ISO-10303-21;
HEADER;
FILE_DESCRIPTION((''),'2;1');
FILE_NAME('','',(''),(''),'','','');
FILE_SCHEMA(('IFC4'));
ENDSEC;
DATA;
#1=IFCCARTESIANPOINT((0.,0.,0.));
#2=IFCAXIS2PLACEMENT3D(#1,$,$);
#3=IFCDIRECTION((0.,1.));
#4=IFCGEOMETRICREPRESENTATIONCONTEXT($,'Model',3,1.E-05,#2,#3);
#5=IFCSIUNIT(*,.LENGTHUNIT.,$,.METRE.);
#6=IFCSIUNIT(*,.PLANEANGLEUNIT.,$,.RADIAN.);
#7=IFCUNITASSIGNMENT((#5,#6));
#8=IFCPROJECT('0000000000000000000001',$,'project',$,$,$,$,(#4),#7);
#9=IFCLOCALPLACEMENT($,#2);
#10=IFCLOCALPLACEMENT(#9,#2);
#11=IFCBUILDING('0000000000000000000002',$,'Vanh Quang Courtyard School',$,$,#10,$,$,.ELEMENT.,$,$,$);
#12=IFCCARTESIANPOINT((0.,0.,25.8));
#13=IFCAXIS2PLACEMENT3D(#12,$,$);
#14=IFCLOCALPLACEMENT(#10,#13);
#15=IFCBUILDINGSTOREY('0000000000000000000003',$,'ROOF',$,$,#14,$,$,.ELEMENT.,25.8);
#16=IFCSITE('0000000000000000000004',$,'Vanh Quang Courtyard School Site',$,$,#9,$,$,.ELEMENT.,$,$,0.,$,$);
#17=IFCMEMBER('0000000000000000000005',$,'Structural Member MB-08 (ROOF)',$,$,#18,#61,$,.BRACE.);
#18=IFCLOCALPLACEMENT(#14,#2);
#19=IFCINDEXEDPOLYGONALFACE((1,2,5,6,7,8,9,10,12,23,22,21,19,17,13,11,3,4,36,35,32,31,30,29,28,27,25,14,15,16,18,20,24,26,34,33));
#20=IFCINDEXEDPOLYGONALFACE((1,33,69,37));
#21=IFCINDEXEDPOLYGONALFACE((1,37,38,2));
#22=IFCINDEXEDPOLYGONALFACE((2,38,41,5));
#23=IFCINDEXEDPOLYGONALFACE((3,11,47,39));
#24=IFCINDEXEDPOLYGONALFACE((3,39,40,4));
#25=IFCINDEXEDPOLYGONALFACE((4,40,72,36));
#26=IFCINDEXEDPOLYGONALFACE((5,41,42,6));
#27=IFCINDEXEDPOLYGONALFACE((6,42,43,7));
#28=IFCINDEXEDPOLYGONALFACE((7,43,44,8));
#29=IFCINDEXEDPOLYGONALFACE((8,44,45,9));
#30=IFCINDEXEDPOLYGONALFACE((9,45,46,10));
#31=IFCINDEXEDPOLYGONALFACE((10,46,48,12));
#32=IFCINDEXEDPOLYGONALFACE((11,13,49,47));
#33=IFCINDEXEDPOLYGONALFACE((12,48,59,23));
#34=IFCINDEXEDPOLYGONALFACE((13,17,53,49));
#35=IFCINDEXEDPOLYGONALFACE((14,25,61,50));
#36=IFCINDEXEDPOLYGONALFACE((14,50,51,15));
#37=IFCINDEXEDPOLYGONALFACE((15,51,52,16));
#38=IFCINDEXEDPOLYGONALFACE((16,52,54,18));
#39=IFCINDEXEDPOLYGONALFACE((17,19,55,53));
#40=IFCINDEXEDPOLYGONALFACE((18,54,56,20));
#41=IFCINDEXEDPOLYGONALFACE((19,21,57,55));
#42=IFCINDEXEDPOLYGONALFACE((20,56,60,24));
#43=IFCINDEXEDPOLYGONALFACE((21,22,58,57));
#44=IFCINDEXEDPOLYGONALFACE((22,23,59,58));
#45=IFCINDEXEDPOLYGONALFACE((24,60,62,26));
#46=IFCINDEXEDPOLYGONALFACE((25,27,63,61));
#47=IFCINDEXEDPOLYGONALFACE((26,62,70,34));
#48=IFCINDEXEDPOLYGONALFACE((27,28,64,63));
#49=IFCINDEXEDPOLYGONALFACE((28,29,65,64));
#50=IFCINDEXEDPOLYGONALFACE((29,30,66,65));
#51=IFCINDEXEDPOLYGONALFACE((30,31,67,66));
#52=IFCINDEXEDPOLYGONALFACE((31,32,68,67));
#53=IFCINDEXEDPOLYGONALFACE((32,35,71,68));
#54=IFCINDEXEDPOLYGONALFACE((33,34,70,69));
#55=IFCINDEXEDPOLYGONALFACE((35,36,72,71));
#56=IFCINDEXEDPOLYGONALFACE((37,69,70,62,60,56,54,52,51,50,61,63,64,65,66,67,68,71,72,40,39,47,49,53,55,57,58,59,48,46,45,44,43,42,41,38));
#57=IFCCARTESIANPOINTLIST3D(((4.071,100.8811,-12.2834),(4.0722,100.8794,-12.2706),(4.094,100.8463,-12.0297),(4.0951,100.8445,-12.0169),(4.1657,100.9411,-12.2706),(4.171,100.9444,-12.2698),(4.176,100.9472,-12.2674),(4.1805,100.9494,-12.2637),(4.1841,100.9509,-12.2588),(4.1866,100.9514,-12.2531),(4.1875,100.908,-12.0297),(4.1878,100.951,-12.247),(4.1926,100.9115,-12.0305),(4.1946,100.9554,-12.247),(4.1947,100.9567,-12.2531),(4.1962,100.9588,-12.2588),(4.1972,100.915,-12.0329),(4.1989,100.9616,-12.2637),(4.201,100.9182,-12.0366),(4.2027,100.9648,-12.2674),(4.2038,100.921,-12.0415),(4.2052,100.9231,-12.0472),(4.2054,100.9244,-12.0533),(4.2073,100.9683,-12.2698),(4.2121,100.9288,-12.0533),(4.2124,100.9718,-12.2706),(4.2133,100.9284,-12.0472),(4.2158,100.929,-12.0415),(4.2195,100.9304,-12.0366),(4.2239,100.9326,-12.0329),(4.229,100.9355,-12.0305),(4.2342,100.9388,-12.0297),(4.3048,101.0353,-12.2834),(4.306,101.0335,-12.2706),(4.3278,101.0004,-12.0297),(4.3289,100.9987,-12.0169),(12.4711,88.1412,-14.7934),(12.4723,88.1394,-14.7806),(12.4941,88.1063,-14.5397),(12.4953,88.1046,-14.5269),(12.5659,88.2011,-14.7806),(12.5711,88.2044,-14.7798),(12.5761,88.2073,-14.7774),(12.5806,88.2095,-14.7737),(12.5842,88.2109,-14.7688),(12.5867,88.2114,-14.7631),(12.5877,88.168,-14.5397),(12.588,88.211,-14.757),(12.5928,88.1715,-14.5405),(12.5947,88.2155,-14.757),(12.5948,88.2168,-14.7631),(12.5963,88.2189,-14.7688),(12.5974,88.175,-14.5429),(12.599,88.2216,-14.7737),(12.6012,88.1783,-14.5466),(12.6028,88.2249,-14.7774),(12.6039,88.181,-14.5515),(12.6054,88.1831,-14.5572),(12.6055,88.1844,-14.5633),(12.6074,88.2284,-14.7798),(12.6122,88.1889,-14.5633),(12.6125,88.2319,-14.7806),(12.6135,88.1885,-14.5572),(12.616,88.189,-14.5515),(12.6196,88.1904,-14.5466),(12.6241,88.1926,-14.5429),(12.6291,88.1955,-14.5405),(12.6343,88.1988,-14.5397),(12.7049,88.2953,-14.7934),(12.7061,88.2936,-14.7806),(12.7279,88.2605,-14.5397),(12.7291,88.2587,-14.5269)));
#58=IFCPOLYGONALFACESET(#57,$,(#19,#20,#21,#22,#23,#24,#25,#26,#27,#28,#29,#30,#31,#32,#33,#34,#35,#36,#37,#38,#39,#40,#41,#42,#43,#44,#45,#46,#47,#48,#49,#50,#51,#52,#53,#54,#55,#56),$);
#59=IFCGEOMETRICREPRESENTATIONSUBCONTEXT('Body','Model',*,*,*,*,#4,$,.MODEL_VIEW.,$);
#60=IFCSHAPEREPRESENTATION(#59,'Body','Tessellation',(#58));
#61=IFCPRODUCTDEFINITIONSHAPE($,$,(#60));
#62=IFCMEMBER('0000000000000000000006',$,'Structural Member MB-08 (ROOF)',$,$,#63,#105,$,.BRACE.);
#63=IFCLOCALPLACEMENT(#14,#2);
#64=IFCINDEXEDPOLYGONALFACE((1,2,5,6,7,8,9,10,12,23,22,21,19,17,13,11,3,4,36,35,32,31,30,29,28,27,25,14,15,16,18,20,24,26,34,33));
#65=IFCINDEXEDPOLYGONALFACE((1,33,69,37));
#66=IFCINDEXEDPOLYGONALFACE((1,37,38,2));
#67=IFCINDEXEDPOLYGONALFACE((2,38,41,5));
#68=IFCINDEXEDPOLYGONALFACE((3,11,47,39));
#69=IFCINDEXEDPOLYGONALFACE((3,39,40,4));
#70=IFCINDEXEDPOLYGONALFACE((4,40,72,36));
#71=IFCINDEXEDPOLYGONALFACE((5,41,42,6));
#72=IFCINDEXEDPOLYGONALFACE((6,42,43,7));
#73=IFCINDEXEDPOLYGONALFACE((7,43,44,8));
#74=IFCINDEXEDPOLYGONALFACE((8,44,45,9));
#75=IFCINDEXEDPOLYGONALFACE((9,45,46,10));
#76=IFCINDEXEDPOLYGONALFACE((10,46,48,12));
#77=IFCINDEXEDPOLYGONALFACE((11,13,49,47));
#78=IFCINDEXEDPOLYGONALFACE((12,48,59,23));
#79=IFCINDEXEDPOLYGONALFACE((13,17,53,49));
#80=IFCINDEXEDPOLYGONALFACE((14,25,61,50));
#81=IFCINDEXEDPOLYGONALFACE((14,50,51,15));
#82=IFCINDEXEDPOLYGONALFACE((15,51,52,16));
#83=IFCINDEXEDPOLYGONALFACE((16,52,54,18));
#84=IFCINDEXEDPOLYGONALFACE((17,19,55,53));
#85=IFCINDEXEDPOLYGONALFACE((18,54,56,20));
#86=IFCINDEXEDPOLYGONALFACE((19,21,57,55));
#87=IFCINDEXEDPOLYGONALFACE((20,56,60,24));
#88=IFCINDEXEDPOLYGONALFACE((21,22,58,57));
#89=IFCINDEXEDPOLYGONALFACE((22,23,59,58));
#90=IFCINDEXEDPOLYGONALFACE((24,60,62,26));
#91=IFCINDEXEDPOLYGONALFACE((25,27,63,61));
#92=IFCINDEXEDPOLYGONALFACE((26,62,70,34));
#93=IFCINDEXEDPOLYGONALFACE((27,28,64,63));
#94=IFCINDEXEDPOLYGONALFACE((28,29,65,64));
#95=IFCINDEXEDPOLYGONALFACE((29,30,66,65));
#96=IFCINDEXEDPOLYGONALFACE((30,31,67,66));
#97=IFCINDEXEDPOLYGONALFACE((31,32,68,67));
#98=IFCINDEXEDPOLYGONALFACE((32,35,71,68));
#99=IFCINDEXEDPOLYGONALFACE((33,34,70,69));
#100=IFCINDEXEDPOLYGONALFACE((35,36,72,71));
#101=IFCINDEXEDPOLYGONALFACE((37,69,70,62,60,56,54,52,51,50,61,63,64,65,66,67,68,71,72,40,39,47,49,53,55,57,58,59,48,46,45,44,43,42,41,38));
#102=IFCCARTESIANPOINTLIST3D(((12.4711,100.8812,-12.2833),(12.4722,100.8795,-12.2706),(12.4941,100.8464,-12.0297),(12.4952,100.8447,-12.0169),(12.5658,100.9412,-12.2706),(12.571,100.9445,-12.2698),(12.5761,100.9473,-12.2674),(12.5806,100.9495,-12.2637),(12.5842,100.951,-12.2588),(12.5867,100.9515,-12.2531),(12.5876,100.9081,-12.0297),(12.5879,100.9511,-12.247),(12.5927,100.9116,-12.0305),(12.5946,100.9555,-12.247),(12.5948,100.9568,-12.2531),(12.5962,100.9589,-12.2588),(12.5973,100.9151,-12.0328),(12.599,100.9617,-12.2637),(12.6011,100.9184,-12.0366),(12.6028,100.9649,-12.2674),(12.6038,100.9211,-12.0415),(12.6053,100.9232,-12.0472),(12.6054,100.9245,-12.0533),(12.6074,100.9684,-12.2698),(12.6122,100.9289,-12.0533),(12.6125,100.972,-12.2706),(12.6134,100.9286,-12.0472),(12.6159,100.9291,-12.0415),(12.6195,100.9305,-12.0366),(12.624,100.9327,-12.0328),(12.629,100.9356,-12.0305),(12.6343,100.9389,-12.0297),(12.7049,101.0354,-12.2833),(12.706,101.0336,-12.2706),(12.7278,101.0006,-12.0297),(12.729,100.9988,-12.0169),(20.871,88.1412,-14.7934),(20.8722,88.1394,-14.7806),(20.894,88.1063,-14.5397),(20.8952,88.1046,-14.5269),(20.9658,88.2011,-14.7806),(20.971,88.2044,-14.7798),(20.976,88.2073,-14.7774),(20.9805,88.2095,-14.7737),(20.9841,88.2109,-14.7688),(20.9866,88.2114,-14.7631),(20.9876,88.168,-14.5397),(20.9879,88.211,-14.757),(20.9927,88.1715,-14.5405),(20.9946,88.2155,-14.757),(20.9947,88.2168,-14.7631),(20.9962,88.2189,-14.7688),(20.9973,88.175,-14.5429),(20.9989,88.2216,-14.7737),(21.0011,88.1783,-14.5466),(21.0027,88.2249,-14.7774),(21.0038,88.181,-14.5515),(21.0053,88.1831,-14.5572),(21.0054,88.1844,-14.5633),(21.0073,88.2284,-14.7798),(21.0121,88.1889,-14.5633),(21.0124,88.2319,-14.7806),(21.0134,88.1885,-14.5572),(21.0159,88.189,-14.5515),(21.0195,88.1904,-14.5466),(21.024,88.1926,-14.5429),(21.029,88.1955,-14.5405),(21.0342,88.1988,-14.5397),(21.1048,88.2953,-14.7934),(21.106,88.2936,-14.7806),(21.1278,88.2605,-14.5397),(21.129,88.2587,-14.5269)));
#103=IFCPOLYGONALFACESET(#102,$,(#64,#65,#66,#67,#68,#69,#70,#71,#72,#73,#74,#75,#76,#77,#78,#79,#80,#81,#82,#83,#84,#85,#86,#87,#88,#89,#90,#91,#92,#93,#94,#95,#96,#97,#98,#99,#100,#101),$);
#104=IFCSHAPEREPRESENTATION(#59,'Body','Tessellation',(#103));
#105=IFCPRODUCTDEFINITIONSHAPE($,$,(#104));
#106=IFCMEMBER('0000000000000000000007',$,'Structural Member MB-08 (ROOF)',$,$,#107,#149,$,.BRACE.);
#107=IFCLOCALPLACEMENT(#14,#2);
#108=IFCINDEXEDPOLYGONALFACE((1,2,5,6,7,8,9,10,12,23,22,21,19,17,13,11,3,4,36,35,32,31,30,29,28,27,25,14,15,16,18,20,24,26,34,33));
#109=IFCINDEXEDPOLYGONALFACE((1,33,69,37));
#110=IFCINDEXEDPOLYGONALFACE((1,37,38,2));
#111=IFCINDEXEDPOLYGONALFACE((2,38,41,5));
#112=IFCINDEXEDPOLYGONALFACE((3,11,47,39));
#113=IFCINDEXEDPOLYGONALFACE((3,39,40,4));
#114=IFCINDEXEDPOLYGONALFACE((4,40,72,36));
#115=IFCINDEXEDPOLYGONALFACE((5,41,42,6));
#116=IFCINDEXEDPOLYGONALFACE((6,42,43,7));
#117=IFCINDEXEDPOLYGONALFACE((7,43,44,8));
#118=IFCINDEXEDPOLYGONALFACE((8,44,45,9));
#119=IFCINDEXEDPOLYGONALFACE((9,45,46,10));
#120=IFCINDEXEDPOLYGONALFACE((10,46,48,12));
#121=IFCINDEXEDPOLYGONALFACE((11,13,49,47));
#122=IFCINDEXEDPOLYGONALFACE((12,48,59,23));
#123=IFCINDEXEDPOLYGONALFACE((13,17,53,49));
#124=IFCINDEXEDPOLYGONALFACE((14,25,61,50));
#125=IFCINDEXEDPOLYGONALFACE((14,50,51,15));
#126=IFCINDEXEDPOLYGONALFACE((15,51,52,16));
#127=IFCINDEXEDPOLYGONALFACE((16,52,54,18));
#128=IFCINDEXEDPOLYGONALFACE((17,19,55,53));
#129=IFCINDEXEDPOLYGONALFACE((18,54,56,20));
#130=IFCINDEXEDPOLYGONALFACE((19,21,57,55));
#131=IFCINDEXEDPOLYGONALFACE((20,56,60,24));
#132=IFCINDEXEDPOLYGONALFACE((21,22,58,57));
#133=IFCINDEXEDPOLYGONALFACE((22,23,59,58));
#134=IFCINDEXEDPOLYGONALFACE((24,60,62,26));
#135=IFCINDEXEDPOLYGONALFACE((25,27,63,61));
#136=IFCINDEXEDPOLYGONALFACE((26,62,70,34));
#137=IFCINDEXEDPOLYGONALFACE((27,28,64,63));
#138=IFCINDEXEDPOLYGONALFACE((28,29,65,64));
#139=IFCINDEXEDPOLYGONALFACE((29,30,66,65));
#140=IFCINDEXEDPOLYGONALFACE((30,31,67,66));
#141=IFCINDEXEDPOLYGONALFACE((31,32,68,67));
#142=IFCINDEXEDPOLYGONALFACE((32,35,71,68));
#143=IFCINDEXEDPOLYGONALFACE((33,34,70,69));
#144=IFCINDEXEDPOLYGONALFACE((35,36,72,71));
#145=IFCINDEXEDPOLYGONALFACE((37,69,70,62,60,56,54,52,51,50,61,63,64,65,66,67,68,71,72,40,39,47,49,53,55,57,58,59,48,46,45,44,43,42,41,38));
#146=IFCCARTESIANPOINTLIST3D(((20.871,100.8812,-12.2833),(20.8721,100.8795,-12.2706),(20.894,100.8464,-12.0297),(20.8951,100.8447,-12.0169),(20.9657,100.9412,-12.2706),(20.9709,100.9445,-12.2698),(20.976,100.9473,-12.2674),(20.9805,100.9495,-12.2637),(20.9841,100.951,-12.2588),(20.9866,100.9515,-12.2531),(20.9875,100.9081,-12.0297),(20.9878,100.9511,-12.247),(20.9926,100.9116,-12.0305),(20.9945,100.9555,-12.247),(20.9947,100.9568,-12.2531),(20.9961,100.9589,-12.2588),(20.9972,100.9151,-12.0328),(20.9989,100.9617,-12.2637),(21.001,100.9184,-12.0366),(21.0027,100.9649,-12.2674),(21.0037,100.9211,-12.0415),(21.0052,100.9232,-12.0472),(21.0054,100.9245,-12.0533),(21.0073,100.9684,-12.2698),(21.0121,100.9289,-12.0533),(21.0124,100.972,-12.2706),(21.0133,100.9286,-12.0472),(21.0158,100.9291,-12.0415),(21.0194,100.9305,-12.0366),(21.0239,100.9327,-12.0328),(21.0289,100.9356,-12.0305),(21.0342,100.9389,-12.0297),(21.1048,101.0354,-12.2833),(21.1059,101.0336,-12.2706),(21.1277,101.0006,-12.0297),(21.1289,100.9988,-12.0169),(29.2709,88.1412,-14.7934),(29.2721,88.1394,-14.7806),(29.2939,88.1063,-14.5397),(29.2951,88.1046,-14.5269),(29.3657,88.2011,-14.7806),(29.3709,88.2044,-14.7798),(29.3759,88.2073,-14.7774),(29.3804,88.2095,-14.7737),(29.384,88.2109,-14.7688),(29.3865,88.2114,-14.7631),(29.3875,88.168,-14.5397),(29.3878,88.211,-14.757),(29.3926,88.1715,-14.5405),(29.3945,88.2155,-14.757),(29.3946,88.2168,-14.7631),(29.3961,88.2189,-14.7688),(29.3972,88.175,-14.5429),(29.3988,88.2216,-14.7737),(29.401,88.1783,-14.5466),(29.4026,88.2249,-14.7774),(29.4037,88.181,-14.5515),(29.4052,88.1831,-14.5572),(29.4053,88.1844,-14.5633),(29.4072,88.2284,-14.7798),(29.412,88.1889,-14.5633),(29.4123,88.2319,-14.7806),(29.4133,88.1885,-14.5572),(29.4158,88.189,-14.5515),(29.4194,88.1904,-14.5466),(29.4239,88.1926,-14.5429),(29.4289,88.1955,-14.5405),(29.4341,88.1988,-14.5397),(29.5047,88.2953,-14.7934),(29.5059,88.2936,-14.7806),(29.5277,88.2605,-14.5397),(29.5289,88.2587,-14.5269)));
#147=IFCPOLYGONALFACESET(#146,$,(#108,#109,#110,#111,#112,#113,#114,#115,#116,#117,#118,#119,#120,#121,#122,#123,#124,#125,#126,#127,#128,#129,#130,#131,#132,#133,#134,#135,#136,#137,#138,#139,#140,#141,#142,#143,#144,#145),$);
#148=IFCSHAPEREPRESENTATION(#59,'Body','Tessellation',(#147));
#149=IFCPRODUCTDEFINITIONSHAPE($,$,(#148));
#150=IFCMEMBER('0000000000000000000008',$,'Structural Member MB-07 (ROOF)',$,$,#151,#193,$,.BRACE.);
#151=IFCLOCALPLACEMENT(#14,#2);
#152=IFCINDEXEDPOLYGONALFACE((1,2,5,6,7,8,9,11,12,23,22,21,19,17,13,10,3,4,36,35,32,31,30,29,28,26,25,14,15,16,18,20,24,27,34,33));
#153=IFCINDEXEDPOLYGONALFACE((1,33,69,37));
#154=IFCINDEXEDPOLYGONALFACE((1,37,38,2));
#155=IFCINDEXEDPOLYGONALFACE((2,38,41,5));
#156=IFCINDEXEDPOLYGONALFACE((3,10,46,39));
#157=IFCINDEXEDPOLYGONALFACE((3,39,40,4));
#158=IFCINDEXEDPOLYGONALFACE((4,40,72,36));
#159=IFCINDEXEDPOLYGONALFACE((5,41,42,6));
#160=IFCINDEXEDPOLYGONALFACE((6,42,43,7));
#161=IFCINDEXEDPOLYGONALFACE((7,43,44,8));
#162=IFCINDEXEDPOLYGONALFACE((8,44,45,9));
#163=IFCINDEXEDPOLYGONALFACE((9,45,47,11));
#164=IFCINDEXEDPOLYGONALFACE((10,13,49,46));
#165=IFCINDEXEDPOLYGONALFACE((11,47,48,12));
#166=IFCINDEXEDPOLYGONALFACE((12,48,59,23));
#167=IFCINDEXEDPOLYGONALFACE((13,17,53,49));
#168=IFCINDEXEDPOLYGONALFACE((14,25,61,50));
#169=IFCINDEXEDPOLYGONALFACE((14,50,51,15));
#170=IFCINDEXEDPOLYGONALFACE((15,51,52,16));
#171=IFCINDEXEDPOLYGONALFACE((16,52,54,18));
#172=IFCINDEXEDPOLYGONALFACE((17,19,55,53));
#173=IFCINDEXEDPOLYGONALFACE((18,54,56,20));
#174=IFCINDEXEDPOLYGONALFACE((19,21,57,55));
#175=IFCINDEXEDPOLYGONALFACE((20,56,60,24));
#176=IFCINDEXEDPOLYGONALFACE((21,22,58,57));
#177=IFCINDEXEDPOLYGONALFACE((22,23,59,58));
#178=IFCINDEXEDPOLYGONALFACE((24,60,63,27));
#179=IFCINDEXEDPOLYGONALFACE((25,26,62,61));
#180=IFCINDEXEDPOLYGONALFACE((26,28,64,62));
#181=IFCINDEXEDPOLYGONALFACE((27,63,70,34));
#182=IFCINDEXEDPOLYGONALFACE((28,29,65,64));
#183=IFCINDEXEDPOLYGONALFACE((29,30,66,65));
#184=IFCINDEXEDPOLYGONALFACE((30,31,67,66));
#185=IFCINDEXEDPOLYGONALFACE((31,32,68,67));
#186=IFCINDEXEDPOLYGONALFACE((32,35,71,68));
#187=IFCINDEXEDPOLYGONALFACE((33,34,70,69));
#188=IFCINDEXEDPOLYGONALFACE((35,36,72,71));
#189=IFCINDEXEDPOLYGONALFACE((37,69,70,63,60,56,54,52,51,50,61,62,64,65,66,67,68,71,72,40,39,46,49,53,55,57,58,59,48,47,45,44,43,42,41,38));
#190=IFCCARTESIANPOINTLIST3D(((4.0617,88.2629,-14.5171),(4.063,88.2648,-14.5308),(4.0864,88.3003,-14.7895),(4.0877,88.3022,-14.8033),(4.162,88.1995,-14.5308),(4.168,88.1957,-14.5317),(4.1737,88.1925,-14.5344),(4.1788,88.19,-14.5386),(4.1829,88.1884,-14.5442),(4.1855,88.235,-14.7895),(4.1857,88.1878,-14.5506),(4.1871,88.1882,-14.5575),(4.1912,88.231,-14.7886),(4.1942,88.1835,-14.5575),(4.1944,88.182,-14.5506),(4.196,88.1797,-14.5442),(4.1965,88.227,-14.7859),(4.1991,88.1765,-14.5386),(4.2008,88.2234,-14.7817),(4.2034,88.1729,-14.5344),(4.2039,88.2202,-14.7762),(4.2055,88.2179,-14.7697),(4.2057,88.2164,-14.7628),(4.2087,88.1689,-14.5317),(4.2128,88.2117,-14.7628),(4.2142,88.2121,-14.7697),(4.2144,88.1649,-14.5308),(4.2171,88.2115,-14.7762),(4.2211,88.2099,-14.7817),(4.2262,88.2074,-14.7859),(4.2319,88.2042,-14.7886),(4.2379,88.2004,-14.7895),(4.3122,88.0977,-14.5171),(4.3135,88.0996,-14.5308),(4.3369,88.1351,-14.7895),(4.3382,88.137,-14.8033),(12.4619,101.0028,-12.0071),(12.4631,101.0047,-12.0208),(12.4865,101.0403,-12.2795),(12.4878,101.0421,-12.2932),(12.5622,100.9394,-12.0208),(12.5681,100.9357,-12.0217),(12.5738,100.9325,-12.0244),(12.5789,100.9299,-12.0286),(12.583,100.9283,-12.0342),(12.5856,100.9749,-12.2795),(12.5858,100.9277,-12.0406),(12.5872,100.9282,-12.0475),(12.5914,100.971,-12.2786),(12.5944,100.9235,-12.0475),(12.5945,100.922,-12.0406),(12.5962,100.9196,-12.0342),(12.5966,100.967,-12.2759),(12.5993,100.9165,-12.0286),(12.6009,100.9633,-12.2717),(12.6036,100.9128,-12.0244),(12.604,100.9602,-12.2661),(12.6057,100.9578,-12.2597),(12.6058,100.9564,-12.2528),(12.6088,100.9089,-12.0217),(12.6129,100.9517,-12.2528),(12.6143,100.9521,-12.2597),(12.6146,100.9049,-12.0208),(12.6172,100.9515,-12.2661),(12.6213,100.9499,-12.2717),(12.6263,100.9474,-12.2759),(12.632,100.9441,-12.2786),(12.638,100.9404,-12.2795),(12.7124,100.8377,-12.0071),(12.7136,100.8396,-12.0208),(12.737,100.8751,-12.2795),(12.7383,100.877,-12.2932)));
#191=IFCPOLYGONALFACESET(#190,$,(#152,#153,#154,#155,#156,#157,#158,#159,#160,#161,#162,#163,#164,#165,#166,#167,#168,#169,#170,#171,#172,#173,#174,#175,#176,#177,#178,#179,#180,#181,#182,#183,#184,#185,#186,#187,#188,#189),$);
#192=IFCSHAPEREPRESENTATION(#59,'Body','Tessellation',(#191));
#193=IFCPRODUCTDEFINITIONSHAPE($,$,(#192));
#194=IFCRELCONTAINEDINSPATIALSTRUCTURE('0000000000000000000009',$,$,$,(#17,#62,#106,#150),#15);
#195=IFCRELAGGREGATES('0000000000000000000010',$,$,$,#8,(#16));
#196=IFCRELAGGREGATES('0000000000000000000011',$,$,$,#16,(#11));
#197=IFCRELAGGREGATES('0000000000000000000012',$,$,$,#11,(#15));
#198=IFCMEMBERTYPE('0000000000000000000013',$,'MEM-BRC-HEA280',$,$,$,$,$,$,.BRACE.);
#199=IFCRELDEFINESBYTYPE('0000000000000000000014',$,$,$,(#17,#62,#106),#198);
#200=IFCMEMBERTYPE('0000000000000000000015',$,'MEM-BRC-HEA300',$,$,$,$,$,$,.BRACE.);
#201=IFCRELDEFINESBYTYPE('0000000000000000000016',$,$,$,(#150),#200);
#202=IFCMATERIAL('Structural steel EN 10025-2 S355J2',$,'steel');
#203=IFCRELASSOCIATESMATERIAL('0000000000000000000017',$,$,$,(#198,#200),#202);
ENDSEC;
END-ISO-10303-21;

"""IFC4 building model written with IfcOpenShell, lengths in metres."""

from ifc_helpers import new_model, si_unit, direction, frame, origin, origin_2d, place, context, subcontext, project, spatial, i_section, extrude, material, material_profile, profile_set, type_object, element, save


model = new_model("IFC4")

# Units and contexts
model_context = context("Model", 3, precision=1e-05, world=origin(), true_north=direction((0.0, 1.0)))
body_context = subcontext(model_context, "Body", "Model", "MODEL_VIEW")
ifc_project = project(units=[si_unit("LENGTHUNIT", "METRE"), si_unit("PLANEANGLEUNIT", "RADIAN")], contexts=[model_context])

# Site, building, storey
site_placement = place(None, origin())
site = spatial("IfcSite", under=ifc_project, at=site_placement, Name="Vanh Quang Courtyard School Site", CompositionType="ELEMENT", RefElevation=0.0)
building_placement = place(site_placement, origin())
building = spatial("IfcBuilding", under=site, at=building_placement, Name="Vanh Quang Courtyard School", CompositionType="ELEMENT")
storey_placement = place(building_placement, frame((0.0, 0.0, 25.8)))
storey = spatial("IfcBuildingStorey", under=building, at=storey_placement, Name="ROOF", CompositionType="ELEMENT", Elevation=25.8)

# Members
ifc_material_1 = material(Name="Structural steel EN 10025-2 S355J2", Category="steel")
ifc_material_profile_1 = material_profile(ifc_material_1, i_section(OverallWidth=0.28, OverallDepth=0.27, WebThickness=0.0081, FlangeThickness=0.0129, FilletRadius=0.0239, at=origin_2d()), Name="HEA 280")
ifc_profile_set_1 = profile_set([ifc_material_profile_1], Name="Structural steel EN 10025-2 S355J2")
member_type_1 = type_object("IfcMemberType", Name="MEM-BRC-HEA280", PredefinedType="BRACE", material=ifc_profile_set_1)
for number, where, z_axis, x_axis, name in (
    (1, (12.6001, 88.2, -14.6602), (-0.543167, 0.823789, 0.162301), (-0.834858, -0.550466, 0.0), "Structural Member MB-08 (ROOF)"),
    (2, (21.0, 88.2, -14.6602), (-0.543156, 0.823796, 0.162303), (-0.834865, -0.550455, 0.0), "Structural Member MB-08 (ROOF)"),
    (3, (29.3999, 88.2, -14.6602), (-0.543156, 0.823796, 0.162303), (-0.834865, -0.550455, 0.0), "Structural Member MB-08 (ROOF)"),
):
    element("IfcMember", number, at=place(storey_placement, frame(where, z_axis=z_axis, x_axis=x_axis)), inside=storey, type_object=member_type_1, Name=name, PredefinedType="BRACE", context=body_context, shape_type="SweptSolid", body=[
        extrude(i_section(OverallWidth=0.28, OverallDepth=0.27, WebThickness=0.0081, FlangeThickness=0.0129, FilletRadius=0.0239, at=origin_2d()), origin(), (0.0, 0.0, 1.0), 15.4651),
    ])
ifc_material_profile_2 = material_profile(ifc_material_1, i_section(OverallWidth=0.3, OverallDepth=0.29, WebThickness=0.0085, FlangeThickness=0.0139, FilletRadius=0.0271, at=origin_2d()), Name="HEA 300")
ifc_profile_set_2 = profile_set([ifc_material_profile_2], Name="Structural steel EN 10025-2 S355J2")
member_type_2 = type_object("IfcMemberType", Name="MEM-BRC-HEA300", PredefinedType="BRACE", material=ifc_profile_set_2)
for number, where, z_axis, x_axis, name in (
    (4, (4.2, 88.2, -14.6602), (0.543167, 0.823789, 0.162301), (-0.834858, 0.550466, 0.0), "Structural Member MB-07 (ROOF)"),
):
    element("IfcMember", number, at=place(storey_placement, frame(where, z_axis=z_axis, x_axis=x_axis)), inside=storey, type_object=member_type_2, Name=name, PredefinedType="BRACE", context=body_context, shape_type="SweptSolid", body=[
        extrude(i_section(OverallWidth=0.3, OverallDepth=0.29, WebThickness=0.0085, FlangeThickness=0.0139, FilletRadius=0.0271, at=origin_2d()), origin(), (0.0, 0.0, 1.0), 15.4651),
    ])

save(model, "model.ifc")
